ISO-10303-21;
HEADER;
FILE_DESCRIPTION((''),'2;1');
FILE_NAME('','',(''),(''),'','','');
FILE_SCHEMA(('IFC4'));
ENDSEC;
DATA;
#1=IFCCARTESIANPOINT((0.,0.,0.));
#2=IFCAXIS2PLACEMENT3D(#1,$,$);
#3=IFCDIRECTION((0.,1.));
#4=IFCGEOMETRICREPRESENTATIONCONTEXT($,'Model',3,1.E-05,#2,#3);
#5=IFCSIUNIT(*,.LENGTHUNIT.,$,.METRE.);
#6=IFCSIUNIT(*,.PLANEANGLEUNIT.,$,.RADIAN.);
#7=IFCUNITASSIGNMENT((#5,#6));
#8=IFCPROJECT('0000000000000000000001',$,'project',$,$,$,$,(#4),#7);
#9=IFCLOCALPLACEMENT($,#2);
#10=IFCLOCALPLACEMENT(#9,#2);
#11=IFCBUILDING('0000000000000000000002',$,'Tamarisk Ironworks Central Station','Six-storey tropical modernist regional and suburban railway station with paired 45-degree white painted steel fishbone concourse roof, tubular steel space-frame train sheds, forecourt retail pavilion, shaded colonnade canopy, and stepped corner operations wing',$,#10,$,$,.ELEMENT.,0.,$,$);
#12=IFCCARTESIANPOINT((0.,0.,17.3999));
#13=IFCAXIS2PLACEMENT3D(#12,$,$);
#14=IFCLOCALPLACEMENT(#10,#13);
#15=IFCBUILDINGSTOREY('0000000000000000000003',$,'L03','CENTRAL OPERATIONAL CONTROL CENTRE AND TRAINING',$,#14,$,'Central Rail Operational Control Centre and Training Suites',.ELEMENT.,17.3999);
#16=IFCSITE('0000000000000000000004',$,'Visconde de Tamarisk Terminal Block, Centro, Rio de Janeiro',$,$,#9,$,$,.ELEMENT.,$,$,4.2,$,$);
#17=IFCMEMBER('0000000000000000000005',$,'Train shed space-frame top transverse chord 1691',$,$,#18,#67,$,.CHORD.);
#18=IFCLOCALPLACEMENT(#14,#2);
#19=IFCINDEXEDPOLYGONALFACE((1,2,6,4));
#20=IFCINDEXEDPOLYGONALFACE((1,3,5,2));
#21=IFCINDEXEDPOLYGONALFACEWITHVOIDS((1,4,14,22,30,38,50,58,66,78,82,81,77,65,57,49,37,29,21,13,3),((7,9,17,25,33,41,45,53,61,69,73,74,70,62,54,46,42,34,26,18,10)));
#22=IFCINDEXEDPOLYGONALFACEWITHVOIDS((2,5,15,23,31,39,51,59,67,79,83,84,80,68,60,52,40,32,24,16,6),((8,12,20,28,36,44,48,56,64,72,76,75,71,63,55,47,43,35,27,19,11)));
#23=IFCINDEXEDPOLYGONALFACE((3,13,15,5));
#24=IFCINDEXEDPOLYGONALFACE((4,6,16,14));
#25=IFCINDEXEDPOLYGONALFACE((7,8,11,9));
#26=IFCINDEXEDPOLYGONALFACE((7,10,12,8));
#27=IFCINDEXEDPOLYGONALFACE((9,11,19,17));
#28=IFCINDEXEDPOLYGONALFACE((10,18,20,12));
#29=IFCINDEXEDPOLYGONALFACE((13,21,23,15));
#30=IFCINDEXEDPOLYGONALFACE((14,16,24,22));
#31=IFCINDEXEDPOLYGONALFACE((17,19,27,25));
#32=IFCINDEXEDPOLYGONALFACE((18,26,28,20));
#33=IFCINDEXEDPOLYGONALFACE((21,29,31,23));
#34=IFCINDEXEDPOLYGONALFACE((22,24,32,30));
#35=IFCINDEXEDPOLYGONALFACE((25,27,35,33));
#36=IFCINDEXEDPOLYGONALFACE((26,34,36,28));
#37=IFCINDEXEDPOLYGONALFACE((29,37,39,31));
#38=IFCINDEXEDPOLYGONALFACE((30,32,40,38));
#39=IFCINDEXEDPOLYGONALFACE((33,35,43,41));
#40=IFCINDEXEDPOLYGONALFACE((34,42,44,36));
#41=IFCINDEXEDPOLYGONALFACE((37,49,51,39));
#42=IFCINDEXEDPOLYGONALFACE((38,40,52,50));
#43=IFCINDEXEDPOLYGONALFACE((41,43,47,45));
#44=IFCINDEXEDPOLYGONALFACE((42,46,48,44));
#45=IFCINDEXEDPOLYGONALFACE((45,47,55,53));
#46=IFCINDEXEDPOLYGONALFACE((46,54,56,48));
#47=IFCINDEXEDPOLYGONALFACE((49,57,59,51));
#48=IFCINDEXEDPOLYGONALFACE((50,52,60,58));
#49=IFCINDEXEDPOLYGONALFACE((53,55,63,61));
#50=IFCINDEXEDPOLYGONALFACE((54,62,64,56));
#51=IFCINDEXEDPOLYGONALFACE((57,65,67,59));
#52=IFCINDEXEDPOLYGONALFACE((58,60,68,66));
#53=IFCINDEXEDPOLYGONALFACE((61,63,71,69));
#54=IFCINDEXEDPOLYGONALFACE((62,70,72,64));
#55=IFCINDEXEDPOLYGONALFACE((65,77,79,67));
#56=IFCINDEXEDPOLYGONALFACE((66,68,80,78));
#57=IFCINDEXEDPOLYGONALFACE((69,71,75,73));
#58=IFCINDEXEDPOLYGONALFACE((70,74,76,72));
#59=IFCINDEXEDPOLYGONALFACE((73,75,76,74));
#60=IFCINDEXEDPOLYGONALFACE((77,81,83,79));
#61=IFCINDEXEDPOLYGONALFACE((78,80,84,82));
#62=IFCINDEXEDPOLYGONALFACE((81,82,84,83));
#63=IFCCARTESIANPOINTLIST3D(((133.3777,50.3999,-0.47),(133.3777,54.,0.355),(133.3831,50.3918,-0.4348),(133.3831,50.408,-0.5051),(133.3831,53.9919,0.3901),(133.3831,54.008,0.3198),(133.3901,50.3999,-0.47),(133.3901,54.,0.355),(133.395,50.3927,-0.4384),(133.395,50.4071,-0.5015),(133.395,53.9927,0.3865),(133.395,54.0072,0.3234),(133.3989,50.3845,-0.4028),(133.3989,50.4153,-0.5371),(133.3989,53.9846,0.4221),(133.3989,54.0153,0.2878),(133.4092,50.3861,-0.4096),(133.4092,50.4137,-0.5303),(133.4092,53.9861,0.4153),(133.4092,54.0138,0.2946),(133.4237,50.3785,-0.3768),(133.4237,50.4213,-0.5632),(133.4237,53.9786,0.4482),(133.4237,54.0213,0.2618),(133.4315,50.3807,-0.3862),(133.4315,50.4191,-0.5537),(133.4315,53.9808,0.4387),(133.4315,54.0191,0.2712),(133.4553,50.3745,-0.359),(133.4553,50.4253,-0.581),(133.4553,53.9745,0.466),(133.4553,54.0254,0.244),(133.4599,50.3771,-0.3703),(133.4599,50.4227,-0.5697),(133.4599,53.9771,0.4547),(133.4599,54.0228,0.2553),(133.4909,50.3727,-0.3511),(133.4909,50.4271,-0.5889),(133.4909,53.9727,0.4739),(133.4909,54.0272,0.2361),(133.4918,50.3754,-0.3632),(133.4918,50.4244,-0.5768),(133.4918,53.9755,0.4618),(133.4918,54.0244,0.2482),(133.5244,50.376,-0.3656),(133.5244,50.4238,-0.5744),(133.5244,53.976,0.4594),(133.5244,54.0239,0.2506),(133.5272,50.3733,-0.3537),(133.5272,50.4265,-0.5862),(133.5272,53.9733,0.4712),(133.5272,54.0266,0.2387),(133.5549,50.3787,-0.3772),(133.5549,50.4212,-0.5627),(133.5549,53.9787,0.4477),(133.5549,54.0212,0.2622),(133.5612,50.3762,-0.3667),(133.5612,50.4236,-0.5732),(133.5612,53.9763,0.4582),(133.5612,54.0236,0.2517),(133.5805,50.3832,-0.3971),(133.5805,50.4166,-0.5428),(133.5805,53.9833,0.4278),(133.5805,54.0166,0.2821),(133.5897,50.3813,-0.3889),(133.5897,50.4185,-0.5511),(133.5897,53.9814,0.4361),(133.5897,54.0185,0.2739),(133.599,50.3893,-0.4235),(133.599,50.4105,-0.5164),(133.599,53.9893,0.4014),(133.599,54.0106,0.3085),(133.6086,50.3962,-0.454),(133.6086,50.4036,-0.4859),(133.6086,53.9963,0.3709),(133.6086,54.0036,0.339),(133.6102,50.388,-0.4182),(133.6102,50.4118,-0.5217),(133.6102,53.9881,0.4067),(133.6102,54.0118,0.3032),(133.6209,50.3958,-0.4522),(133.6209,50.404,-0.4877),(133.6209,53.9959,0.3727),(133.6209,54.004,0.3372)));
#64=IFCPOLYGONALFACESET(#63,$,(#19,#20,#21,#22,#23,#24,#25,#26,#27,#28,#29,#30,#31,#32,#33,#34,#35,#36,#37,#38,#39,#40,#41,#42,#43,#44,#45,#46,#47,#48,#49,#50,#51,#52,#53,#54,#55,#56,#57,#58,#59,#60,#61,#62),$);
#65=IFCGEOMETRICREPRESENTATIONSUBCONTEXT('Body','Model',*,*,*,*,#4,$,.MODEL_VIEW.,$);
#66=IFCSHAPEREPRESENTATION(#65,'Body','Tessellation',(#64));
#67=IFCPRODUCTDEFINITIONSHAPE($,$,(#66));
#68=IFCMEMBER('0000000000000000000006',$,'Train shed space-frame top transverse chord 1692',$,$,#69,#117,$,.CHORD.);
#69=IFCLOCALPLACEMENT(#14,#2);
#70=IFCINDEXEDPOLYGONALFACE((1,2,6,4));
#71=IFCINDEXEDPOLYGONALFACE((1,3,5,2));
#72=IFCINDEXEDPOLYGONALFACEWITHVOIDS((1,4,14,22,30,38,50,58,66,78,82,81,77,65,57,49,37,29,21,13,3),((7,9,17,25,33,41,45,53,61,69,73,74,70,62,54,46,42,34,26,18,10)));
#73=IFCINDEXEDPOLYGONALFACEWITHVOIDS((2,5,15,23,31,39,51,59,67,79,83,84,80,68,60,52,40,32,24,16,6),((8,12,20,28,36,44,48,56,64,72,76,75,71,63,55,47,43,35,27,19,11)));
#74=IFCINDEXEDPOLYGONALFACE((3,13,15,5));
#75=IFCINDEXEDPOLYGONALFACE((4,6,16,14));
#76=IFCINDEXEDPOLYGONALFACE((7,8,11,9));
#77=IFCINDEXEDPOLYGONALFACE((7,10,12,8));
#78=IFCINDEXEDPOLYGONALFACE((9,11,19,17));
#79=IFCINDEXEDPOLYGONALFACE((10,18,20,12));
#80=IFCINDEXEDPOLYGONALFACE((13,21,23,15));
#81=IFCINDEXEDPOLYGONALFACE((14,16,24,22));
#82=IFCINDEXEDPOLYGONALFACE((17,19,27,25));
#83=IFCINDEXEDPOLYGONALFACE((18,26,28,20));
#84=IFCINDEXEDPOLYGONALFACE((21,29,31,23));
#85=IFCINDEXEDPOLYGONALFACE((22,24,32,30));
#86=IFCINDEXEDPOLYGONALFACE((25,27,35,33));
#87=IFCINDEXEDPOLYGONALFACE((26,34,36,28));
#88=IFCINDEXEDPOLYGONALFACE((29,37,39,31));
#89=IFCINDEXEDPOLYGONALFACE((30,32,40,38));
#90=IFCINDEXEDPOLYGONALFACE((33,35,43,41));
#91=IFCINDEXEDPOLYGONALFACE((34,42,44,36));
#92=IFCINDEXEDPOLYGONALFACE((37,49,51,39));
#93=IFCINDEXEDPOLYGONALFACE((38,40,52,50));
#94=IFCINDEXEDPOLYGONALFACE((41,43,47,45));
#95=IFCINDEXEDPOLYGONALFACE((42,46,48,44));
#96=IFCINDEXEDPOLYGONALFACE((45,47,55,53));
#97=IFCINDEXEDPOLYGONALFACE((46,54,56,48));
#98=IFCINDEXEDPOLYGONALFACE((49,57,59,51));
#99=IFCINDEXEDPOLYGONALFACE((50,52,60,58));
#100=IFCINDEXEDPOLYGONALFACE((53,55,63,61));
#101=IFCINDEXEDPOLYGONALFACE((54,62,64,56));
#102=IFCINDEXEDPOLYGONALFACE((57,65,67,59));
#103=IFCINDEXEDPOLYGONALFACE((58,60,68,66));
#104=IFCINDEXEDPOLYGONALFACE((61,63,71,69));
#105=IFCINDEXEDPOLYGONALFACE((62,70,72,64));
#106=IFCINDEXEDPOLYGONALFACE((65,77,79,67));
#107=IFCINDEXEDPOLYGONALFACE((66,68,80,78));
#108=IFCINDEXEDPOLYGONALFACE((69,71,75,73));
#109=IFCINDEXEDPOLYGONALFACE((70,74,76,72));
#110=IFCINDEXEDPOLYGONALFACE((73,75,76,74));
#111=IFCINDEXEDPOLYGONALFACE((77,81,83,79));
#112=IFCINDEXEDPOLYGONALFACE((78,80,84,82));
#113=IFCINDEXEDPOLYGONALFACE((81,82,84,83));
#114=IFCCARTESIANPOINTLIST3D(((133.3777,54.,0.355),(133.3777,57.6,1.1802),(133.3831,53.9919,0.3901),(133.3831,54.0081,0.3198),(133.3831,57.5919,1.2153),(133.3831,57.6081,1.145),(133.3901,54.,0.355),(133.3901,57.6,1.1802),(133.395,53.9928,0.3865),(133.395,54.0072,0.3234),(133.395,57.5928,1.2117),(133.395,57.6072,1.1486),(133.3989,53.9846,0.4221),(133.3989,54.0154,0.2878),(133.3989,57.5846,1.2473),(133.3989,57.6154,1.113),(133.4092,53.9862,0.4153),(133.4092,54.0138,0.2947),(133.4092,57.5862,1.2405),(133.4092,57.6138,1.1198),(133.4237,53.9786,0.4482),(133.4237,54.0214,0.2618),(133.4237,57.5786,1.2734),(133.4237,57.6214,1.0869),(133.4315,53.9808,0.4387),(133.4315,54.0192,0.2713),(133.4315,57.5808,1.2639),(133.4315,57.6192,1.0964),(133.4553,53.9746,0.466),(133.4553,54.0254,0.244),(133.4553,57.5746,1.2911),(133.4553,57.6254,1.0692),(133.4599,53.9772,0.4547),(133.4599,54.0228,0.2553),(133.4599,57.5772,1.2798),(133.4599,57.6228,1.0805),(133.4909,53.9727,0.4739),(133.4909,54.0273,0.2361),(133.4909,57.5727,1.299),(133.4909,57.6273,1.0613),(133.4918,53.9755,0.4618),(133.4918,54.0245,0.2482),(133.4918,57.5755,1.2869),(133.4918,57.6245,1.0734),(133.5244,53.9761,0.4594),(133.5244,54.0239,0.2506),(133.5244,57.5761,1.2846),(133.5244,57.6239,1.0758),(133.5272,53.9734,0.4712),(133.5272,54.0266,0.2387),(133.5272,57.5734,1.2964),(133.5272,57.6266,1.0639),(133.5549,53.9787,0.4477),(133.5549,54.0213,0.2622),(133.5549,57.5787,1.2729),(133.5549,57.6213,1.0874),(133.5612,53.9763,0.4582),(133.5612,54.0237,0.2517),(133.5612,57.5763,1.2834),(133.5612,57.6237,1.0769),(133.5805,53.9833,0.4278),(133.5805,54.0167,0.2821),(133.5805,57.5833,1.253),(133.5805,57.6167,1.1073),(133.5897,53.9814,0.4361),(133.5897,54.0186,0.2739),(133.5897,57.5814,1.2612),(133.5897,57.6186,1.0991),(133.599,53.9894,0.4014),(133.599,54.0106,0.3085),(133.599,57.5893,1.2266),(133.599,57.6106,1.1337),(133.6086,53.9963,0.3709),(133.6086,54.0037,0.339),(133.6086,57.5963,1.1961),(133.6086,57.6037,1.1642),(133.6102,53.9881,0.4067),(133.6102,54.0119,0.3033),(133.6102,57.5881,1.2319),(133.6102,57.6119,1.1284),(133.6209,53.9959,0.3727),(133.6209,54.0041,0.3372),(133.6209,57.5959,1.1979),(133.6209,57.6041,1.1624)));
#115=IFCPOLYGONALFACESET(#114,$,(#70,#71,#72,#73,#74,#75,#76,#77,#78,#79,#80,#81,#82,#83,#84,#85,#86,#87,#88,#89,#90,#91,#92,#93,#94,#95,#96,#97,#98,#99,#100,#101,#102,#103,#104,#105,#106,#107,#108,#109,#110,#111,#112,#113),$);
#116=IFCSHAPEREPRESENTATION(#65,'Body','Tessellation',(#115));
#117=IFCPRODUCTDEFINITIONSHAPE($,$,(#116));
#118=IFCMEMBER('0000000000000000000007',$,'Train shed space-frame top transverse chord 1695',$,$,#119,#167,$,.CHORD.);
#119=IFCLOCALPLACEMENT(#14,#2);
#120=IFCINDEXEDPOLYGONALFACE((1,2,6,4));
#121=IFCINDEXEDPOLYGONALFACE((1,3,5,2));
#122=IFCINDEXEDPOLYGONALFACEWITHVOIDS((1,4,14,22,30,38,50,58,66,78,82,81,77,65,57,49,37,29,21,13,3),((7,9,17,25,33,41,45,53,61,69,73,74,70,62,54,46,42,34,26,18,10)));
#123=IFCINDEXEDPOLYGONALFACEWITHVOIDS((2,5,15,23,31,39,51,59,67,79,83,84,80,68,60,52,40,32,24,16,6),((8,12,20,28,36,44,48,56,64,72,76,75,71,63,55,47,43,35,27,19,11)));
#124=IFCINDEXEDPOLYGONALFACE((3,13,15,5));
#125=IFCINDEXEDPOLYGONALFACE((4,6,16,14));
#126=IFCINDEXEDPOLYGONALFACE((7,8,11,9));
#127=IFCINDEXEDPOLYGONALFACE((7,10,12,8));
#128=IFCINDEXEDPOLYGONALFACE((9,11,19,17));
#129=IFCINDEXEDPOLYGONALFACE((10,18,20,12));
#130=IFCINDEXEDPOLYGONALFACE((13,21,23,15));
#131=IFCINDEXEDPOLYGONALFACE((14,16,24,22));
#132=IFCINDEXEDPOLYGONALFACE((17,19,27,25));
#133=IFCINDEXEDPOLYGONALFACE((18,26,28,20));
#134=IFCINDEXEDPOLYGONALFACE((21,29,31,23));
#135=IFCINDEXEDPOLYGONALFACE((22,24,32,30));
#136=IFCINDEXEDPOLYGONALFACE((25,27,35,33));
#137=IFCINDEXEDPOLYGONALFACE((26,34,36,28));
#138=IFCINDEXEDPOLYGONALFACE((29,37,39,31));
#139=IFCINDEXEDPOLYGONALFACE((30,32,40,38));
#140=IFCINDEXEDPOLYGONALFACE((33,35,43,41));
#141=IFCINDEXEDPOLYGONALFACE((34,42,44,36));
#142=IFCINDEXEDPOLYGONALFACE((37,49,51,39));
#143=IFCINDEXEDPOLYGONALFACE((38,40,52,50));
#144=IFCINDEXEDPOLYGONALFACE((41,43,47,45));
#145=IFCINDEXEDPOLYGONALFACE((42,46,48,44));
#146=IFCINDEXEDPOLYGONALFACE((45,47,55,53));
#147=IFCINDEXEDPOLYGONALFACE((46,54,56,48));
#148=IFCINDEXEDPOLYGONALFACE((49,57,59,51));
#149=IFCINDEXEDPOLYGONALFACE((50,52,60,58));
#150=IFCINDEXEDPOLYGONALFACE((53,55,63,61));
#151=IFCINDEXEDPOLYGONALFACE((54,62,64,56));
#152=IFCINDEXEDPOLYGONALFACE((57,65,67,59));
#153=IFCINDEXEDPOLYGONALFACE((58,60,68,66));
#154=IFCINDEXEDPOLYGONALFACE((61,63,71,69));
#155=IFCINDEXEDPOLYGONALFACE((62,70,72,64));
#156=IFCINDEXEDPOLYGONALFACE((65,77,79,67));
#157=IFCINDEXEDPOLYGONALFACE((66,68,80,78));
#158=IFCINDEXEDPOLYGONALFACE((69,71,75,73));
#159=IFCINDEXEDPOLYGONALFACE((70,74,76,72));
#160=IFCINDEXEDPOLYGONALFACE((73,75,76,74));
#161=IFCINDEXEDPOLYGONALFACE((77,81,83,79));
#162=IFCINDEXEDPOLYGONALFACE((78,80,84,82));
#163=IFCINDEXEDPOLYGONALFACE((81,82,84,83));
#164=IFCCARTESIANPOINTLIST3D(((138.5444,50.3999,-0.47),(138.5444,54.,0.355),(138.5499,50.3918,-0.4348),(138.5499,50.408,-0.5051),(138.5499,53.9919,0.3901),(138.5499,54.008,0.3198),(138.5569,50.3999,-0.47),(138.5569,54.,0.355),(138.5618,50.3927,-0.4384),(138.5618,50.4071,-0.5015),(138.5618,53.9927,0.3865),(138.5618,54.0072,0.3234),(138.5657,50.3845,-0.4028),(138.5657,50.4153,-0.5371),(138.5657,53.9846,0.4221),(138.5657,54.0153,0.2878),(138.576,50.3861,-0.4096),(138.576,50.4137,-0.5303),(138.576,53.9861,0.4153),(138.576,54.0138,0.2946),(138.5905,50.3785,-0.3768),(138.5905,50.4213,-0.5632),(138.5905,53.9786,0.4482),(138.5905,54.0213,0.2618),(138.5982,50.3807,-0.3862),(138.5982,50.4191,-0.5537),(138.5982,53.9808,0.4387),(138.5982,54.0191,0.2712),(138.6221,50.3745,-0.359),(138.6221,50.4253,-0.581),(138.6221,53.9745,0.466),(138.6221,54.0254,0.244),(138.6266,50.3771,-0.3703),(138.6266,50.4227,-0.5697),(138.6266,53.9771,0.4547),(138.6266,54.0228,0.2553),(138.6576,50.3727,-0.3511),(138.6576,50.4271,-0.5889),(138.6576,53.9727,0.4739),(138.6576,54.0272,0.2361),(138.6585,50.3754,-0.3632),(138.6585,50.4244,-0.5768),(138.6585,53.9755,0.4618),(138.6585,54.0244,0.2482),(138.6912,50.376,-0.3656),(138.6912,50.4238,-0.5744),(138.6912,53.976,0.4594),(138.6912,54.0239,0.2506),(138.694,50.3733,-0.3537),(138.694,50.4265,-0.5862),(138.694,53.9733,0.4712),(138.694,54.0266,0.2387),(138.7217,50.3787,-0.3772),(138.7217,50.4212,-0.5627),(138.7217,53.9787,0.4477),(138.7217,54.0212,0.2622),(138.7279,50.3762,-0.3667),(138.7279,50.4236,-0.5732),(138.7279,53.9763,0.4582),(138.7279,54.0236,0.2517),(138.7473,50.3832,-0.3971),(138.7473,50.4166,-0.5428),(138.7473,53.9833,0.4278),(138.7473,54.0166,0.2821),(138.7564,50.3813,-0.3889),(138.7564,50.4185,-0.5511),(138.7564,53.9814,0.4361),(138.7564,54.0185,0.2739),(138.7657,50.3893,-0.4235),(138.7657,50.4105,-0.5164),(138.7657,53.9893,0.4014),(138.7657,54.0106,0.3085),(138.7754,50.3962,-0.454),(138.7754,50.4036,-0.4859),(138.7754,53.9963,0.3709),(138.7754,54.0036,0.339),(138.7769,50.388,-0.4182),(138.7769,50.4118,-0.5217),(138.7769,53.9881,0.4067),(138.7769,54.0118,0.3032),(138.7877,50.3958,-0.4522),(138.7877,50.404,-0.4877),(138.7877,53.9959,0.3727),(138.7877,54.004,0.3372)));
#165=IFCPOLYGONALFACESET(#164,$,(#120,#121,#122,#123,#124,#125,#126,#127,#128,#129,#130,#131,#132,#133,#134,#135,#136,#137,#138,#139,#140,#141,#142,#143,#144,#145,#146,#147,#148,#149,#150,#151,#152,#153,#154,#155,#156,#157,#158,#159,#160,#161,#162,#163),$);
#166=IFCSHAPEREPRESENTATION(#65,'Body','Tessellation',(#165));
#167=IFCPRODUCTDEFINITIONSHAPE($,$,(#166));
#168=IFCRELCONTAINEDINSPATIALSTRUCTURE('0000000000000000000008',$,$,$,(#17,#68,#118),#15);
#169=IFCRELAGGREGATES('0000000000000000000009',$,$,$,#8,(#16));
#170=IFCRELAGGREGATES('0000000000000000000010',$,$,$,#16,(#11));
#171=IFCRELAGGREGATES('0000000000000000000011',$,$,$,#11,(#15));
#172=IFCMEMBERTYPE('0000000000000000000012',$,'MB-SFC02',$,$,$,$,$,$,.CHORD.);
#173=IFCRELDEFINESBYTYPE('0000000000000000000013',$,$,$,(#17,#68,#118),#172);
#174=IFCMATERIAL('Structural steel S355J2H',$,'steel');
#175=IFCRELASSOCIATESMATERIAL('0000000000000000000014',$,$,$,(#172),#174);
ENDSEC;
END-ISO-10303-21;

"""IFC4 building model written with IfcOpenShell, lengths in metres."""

from ifc_helpers import new_model, si_unit, direction, frame, origin, origin_2d, place, context, subcontext, project, spatial, hollow_circle, extrude, material, material_profile, profile_set, type_object, element, save


model = new_model("IFC4")

# Units and contexts
model_context = context("Model", 3, precision=1e-05, world=origin(), true_north=direction((0.0, 1.0)))
body_context = subcontext(model_context, "Body", "Model", "MODEL_VIEW")
ifc_project = project(units=[si_unit("LENGTHUNIT", "METRE"), si_unit("PLANEANGLEUNIT", "RADIAN")], contexts=[model_context])

# Site, building, storey
site_placement = place(None, origin())
site = spatial("IfcSite", under=ifc_project, at=site_placement, Name="Visconde de Tamarisk Terminal Block, Centro, Rio de Janeiro", CompositionType="ELEMENT", RefElevation=4.2)
building_placement = place(site_placement, origin())
building = spatial("IfcBuilding", under=site, at=building_placement, Name="Tamarisk Ironworks Central Station", Description="Six-storey tropical modernist regional and suburban railway station with paired 45-degree white painted steel fishbone concourse roof, tubular steel space-frame train sheds, forecourt retail pavilion, shaded colonnade canopy, and stepped corner operations wing", CompositionType="ELEMENT", ElevationOfRefHeight=0.0)
storey_placement = place(building_placement, frame((0.0, 0.0, 17.3999)))
storey = spatial("IfcBuildingStorey", under=building, at=storey_placement, Name="L03", Description="CENTRAL OPERATIONAL CONTROL CENTRE AND TRAINING", LongName="Central Rail Operational Control Centre and Training Suites", CompositionType="ELEMENT", Elevation=17.3999)

# Members
ifc_material = material(Name="Structural steel S355J2H", Category="steel")
ifc_material_profile_1 = material_profile(ifc_material, hollow_circle(Radius=0.1223, WallThickness=0.0125, at=origin_2d()), Name="CHS 244.5x12.5")
ifc_profile_set_1 = profile_set([ifc_material_profile_1], Name="Structural steel S355J2H")
member_type_1 = type_object("IfcMemberType", Name="MB-SFC02", PredefinedType="CHORD", material=ifc_profile_set_1)
for number, where, z_axis, x_axis, name in (
    (1, (133.5, 50.3999, -0.47), (0.0, 0.974737, 0.223358), (-1.0, 0.0, 0.0), "Train shed space-frame top transverse chord 1691"),
    (2, (133.5, 54.0, 0.355), (0.0, 0.974722, 0.223421), (-1.0, 0.0, 0.0), "Train shed space-frame top transverse chord 1692"),
    (3, (138.6667, 50.3999, -0.47), (0.0, 0.974737, 0.223358), (-1.0, 0.0, 0.0), "Train shed space-frame top transverse chord 1695"),
):
    element("IfcMember", number, at=place(storey_placement, frame(where, z_axis=z_axis, x_axis=x_axis)), inside=storey, type_object=member_type_1, Name=name, PredefinedType="CHORD", context=body_context, shape_type="SweptSolid", body=[
        extrude(hollow_circle(Radius=0.1223, WallThickness=0.0125, at=origin_2d()), origin(), (0.0, 0.0, 1.0), 3.6934),
    ])

save(model, "model.ifc")
